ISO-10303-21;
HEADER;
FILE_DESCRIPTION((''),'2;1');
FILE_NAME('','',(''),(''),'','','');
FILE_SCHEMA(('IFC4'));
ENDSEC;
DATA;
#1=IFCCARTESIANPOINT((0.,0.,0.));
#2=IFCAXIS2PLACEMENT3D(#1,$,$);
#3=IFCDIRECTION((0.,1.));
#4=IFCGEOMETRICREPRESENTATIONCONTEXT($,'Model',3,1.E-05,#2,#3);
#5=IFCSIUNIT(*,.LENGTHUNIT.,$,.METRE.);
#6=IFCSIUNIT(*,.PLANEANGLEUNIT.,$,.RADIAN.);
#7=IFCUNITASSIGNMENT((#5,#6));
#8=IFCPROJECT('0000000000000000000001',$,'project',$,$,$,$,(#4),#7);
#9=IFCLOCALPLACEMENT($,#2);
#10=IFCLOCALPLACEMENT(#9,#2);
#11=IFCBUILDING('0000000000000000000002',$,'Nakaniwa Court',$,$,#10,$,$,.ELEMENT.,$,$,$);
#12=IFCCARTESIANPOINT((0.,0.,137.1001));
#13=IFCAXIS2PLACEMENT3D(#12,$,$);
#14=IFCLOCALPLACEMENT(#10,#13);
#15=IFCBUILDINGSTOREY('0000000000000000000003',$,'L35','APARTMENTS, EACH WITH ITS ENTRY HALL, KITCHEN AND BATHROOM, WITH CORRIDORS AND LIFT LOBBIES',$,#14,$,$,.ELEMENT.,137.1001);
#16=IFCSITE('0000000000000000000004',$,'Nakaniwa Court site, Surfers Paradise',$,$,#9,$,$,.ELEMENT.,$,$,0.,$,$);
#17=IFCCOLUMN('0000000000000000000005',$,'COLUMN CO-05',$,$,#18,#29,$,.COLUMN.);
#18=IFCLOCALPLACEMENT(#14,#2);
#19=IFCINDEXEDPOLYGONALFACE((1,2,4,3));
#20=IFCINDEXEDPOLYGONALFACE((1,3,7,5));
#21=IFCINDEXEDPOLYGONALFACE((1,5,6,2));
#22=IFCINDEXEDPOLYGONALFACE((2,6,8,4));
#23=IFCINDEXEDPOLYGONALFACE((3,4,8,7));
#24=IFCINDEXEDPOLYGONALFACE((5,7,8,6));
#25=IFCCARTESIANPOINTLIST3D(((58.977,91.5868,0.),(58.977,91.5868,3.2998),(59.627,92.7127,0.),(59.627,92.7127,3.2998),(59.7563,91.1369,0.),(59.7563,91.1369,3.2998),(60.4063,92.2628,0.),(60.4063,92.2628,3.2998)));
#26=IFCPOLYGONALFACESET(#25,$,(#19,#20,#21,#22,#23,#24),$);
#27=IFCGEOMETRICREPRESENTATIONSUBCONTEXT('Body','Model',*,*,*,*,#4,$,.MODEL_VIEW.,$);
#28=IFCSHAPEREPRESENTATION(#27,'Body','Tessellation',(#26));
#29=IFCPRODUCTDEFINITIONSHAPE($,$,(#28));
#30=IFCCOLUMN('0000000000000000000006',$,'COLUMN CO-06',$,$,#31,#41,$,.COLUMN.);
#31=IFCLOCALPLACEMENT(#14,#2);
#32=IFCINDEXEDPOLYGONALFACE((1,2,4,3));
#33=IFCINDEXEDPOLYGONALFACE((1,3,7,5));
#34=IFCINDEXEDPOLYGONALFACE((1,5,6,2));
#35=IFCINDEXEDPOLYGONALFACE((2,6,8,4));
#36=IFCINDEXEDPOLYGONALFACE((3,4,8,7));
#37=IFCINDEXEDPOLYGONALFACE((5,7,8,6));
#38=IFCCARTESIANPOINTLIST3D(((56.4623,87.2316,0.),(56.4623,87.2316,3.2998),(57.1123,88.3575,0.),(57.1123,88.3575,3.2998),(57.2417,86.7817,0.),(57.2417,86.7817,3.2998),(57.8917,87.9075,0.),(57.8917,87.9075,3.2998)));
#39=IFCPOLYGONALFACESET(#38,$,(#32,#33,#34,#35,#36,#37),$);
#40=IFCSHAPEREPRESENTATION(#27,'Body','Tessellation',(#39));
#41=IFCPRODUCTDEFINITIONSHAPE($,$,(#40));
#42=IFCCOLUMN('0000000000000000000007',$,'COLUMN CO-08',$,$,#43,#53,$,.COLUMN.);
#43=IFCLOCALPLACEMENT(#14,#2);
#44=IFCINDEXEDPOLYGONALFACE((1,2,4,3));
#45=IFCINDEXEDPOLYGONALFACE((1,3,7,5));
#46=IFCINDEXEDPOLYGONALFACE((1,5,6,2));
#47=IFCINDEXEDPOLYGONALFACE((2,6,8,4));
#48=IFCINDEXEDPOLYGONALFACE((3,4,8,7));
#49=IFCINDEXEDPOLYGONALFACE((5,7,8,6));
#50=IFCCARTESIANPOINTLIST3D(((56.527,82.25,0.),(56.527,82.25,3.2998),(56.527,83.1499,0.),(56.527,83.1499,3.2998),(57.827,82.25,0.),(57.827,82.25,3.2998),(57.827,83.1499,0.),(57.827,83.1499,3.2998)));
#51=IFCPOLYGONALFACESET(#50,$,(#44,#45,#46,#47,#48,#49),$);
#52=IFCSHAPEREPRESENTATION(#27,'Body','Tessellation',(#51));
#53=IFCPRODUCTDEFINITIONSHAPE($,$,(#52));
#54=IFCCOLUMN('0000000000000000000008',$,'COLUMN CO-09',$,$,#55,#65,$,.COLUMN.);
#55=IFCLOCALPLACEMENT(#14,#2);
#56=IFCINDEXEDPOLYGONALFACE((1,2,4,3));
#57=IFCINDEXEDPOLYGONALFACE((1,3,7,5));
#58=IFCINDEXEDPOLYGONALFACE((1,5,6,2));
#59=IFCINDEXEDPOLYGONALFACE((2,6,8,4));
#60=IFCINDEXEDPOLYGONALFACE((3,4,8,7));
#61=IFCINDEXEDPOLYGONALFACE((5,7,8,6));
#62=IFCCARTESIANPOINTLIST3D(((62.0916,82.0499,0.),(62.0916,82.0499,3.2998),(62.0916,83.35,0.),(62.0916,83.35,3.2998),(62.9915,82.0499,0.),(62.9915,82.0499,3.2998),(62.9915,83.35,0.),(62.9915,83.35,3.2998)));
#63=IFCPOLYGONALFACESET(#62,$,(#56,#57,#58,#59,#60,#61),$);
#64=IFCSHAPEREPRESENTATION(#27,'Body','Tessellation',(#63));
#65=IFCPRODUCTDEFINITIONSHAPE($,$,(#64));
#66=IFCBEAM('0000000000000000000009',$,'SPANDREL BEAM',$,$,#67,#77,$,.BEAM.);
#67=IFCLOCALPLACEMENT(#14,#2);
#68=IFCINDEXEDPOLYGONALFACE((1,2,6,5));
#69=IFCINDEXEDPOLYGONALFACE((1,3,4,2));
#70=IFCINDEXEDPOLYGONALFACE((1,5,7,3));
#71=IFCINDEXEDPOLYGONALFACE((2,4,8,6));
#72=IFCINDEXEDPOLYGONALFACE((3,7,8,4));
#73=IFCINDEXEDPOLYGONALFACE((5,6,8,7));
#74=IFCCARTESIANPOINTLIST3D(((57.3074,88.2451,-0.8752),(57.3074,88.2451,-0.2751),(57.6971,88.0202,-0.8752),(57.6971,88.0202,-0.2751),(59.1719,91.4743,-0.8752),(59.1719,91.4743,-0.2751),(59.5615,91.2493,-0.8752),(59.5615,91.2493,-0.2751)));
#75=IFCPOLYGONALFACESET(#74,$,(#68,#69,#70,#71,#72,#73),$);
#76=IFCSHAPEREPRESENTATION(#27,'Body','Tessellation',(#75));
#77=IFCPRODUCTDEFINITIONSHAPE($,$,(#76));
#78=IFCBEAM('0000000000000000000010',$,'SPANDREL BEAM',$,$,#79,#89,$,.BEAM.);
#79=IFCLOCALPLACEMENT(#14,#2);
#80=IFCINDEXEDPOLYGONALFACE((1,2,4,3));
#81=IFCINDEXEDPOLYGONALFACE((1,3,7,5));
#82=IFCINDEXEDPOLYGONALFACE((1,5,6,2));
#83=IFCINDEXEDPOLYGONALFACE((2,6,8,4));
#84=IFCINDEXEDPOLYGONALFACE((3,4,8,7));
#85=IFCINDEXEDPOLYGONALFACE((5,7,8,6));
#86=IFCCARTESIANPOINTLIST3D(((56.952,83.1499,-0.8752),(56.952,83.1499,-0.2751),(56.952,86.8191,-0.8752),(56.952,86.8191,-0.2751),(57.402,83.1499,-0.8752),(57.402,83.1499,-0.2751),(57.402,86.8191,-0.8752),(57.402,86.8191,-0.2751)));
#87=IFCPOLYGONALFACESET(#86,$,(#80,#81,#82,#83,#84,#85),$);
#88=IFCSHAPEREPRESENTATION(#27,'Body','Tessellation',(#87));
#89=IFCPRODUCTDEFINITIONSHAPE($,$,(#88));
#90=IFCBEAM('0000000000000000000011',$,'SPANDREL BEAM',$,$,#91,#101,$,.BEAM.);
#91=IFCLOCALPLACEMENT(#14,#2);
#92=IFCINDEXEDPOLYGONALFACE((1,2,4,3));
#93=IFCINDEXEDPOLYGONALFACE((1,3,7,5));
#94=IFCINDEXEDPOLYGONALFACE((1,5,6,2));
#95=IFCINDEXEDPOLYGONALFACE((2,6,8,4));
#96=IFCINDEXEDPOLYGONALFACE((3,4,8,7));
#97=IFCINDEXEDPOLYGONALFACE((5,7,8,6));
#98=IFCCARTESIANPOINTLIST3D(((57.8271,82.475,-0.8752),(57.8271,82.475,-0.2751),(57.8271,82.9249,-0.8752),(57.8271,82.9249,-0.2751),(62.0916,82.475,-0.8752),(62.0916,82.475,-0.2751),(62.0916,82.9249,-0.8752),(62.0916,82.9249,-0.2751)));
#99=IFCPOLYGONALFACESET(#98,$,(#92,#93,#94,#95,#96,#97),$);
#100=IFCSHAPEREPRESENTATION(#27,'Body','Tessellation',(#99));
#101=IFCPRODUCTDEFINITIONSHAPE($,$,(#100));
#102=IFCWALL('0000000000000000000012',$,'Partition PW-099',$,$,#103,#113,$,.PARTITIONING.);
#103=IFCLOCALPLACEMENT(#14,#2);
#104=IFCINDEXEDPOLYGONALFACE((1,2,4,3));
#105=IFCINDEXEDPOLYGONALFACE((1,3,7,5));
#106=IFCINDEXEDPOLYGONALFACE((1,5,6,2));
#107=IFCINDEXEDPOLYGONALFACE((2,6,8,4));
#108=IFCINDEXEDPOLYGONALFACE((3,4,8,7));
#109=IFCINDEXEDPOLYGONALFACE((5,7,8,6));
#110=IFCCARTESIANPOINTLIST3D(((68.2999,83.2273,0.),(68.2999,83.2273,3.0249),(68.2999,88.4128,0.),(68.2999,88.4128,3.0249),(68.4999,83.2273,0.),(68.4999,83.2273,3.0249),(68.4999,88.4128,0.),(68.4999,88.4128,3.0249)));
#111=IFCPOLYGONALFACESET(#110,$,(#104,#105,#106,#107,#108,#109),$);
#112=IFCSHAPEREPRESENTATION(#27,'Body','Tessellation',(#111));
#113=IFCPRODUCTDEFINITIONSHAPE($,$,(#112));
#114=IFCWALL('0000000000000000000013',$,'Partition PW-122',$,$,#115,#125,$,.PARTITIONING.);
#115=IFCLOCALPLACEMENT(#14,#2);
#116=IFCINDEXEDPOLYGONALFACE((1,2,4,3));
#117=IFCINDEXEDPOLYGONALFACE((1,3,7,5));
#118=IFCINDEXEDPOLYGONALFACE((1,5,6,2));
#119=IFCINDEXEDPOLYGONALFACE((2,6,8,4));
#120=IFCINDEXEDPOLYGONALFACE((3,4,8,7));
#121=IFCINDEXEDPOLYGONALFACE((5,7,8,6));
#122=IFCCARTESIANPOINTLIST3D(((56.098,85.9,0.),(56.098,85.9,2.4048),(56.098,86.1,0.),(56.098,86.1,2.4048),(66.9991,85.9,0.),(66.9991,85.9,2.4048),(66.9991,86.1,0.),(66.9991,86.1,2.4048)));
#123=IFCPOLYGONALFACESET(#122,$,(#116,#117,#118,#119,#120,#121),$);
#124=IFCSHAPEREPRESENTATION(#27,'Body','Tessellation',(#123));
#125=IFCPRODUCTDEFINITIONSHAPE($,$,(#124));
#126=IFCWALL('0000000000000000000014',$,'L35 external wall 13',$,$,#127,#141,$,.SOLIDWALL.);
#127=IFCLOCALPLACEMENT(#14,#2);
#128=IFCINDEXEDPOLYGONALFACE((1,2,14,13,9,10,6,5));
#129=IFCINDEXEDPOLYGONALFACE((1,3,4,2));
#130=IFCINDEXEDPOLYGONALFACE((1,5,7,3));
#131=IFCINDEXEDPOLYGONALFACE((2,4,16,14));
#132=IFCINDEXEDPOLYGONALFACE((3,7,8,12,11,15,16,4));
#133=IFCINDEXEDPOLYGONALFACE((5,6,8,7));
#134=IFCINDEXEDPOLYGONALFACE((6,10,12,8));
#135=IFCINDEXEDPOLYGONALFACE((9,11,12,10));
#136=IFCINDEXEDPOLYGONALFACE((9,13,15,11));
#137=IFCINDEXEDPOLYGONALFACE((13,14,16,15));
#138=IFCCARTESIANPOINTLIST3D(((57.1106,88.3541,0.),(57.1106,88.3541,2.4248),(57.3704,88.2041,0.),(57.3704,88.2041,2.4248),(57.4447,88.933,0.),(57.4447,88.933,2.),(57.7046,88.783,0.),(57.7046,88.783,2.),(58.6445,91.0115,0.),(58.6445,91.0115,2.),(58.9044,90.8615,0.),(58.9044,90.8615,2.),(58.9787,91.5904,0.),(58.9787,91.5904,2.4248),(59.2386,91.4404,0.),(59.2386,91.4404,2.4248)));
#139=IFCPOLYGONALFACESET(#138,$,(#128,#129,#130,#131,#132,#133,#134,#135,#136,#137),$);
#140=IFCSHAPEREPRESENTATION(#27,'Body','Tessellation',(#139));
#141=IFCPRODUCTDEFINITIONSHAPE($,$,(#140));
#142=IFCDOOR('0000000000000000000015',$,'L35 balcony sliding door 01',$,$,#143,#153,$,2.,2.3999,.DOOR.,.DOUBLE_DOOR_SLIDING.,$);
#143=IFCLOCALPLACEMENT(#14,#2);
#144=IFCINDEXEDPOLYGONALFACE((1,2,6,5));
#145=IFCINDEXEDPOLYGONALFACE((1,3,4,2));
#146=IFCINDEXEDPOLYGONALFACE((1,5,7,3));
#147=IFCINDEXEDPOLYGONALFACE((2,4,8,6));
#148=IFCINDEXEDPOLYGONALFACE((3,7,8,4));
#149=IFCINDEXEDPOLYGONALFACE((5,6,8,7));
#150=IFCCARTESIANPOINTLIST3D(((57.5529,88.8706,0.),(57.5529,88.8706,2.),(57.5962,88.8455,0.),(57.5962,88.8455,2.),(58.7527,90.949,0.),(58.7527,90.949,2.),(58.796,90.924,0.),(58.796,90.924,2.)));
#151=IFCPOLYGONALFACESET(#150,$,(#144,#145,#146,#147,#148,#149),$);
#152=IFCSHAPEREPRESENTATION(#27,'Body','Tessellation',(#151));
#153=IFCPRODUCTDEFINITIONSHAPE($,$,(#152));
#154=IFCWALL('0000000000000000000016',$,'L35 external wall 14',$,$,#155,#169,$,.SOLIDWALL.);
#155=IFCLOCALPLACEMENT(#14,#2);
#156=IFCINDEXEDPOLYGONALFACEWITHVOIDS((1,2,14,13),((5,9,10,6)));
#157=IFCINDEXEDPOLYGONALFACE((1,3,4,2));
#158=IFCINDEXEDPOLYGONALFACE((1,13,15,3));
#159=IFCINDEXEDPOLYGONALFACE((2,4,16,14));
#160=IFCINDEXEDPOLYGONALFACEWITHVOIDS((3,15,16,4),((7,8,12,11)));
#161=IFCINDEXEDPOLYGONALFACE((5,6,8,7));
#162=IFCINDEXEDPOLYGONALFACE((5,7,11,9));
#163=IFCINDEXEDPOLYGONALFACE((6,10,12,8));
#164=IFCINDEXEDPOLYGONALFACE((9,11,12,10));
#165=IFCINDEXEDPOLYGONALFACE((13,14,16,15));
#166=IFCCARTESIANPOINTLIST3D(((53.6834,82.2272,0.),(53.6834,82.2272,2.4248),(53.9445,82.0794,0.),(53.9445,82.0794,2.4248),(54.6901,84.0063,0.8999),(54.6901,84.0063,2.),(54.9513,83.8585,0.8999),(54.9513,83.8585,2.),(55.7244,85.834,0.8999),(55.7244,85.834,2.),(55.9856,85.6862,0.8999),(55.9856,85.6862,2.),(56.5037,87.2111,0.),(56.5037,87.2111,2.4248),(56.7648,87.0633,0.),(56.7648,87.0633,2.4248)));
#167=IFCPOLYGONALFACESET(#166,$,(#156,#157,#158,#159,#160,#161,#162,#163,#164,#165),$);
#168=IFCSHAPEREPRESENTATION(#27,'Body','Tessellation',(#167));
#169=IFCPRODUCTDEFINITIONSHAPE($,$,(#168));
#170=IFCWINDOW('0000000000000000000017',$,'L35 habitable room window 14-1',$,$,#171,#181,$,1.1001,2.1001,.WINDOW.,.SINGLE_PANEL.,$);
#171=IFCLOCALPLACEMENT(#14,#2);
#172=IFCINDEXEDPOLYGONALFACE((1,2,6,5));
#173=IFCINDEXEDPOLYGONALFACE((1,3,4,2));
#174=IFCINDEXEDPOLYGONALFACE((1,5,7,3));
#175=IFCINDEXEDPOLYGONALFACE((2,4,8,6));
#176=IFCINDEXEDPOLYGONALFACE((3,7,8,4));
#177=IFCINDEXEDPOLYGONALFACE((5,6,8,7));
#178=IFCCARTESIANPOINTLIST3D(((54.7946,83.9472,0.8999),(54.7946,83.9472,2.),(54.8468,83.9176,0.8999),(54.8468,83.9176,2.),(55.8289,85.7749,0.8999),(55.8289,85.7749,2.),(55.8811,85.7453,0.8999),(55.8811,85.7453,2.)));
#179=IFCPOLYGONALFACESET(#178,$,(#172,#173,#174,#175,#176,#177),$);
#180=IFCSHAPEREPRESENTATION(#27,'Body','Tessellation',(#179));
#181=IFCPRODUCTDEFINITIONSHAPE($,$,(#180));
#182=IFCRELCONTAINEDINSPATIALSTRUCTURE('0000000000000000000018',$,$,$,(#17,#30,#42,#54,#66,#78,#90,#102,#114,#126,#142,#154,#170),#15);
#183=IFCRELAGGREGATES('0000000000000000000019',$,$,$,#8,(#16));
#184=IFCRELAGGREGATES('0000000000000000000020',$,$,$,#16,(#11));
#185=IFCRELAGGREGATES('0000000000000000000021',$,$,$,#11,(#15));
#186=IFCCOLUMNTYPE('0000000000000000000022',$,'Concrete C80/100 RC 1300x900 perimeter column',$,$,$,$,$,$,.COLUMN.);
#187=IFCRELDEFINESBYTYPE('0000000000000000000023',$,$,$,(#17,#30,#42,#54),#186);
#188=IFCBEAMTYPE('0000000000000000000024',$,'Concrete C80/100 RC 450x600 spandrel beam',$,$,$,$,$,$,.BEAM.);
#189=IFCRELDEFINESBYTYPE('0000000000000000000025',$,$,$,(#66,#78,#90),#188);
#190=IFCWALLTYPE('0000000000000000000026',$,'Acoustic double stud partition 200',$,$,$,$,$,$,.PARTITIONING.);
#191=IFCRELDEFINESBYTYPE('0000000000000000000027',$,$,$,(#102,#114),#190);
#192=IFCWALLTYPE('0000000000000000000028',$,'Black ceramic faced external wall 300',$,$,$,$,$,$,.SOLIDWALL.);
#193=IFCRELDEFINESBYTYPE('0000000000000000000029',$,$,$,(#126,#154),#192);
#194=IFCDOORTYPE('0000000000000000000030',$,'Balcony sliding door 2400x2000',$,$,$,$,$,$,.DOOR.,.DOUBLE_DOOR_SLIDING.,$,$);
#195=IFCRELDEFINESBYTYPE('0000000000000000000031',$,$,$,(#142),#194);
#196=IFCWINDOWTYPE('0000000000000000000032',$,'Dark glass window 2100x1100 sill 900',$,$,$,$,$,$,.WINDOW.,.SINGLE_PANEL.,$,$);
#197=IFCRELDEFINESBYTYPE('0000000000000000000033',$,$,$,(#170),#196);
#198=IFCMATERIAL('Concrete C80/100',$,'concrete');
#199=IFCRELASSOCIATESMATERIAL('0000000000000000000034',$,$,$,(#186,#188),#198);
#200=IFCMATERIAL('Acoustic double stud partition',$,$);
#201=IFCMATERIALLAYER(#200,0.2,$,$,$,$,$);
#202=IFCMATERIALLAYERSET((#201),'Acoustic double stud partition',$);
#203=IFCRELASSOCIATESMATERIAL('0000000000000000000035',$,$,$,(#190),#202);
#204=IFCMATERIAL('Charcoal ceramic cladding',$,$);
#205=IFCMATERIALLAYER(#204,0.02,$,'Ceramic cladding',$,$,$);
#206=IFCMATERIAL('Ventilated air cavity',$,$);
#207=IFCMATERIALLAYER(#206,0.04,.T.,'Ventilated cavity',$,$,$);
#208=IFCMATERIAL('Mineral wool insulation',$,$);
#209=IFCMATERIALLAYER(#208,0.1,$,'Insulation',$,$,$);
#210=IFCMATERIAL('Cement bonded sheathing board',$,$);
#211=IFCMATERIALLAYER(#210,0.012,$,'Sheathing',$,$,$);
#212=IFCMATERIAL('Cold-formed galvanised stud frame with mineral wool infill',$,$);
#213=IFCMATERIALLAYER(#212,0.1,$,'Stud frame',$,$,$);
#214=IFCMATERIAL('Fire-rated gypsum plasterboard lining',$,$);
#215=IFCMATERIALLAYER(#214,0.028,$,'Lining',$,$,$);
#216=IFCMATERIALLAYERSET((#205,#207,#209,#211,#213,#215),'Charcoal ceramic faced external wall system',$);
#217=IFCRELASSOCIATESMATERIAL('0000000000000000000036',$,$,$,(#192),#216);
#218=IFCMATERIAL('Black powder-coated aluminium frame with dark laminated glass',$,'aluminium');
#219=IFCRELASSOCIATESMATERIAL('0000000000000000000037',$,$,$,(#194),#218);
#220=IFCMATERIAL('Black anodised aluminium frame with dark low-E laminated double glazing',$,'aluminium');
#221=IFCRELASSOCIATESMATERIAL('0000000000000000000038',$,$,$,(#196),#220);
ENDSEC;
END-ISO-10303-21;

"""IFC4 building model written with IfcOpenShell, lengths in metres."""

from ifc_helpers import new_model, si_unit, direction, frame, frame_2d, origin, origin_2d, place, context, subcontext, project, spatial, rectangle, extrude, material, layer, layer_set, material_profile, profile_set, type_object, element, fill, save


model = new_model("IFC4")

# Units and contexts
model_context = context("Model", 3, precision=1e-05, world=origin(), true_north=direction((0.0, 1.0)))
body_context = subcontext(model_context, "Body", "Model", "MODEL_VIEW")
ifc_project = project(units=[si_unit("LENGTHUNIT", "METRE"), si_unit("PLANEANGLEUNIT", "RADIAN")], contexts=[model_context])

# Site, building, storey
site_placement = place(None, origin())
site = spatial("IfcSite", under=ifc_project, at=site_placement, Name="Nakaniwa Court site, Surfers Paradise", CompositionType="ELEMENT", RefElevation=0.0)
building_placement = place(site_placement, origin())
building = spatial("IfcBuilding", under=site, at=building_placement, Name="Nakaniwa Court", CompositionType="ELEMENT")
storey_placement = place(building_placement, frame((0.0, 0.0, 137.1001)))
storey = spatial("IfcBuildingStorey", under=building, at=storey_placement, Name="L35", Description="APARTMENTS, EACH WITH ITS ENTRY HALL, KITCHEN AND BATHROOM, WITH CORRIDORS AND LIFT LOBBIES", CompositionType="ELEMENT", Elevation=137.1001)

# Columns
ifc_material_1 = material(Name="Concrete C80/100", Category="concrete")
ifc_material_profile_1 = material_profile(ifc_material_1, rectangle(XDim=1.3, YDim=0.8999, at=origin_2d()), Name="Concrete C80/100 RC 1300x900 perimeter column")
ifc_profile_set_1 = profile_set([ifc_material_profile_1], Name="Concrete C80/100")
column_type = type_object("IfcColumnType", Name="Concrete C80/100 RC 1300x900 perimeter column", PredefinedType="COLUMN", material=ifc_profile_set_1)
for number, where, z_axis, x_axis, name in (
    (1, (59.6917, 91.9248, 0.0), (0.0, 0.0, 1.0), (-0.5, -0.866025, 0.0), "COLUMN CO-05"),
    (2, (57.177, 87.5696, 0.0), (0.0, 0.0, 1.0), (-0.5, -0.866025, 0.0), "COLUMN CO-06"),
    (3, (57.177, 82.7, 0.0), (0.0, 0.0, 1.0), (1.0, 0.0, 0.0), "COLUMN CO-08"),
    (4, (62.5415, 82.7, 0.0), (0.0, 0.0, 1.0), (0.0, -1.0, 0.0), "COLUMN CO-09"),
):
    element("IfcColumn", number, at=place(storey_placement, frame(where, z_axis=z_axis, x_axis=x_axis)), inside=storey, type_object=column_type, Name=name, PredefinedType="COLUMN", context=body_context, shape_type="SweptSolid", body=[
        extrude(rectangle(XDim=1.3, YDim=0.8999, at=origin_2d()), origin(), (0.0, 0.0, 1.0), 3.2998),
    ])

# Beams
ifc_material_profile_2 = material_profile(ifc_material_1, rectangle(XDim=0.45, YDim=0.6001, at=origin_2d()), Name="Concrete C80/100 RC 450x600 spandrel beam")
ifc_profile_set_2 = profile_set([ifc_material_profile_2], Name="Concrete C80/100")
beam_type = type_object("IfcBeamType", Name="Concrete C80/100 RC 450x600 spandrel beam", PredefinedType="BEAM", material=ifc_profile_set_2)
beam_1_placement = place(storey_placement, frame((59.3667, 91.3618, -0.5752), z_axis=(-0.500019, -0.866014, 0.0), x_axis=(0.866014, -0.500019, 0.0)))
element("IfcBeam", 5, at=beam_1_placement, inside=storey, type_object=beam_type, Name="SPANDREL BEAM", PredefinedType="BEAM", context=body_context, shape_type="SweptSolid", body=[
    extrude(rectangle(XDim=0.45, YDim=0.6001, at=origin_2d()), origin(), (0.0, 0.0, 1.0), 3.7288),
])
beam_2_placement = place(storey_placement, frame((57.177, 86.8191, -0.5752), z_axis=(0.0, -1.0, 0.0), x_axis=(1.0, 0.0, 0.0)))
element("IfcBeam", 6, at=beam_2_placement, inside=storey, type_object=beam_type, Name="SPANDREL BEAM", PredefinedType="BEAM", context=body_context, shape_type="SweptSolid", body=[
    extrude(rectangle(XDim=0.45, YDim=0.6001, at=origin_2d()), origin(), (0.0, 0.0, 1.0), 3.6692),
])
beam_3_placement = place(storey_placement, frame((57.8271, 82.7, -0.5752), z_axis=(1.0, 0.0, 0.0), x_axis=(0.0, 1.0, 0.0)))
element("IfcBeam", 7, at=beam_3_placement, inside=storey, type_object=beam_type, Name="SPANDREL BEAM", PredefinedType="BEAM", context=body_context, shape_type="SweptSolid", body=[
    extrude(rectangle(XDim=0.45, YDim=0.6001, at=origin_2d()), origin(), (0.0, 0.0, 1.0), 4.2644),
])

# Walls
ifc_material_2 = material(Name="Acoustic double stud partition")
ifc_layer_1 = layer(ifc_material_2, 0.2)
ifc_layer_set_1 = layer_set([ifc_layer_1], Name="Acoustic double stud partition")
wall_type_1 = type_object("IfcWallType", Name="Acoustic double stud partition 200", PredefinedType="PARTITIONING", material=ifc_layer_set_1)
wall_1_placement = place(storey_placement, frame((68.3999, 83.2273, 0.0), z_axis=(0.0, 0.0, 1.0), x_axis=(0.0, 1.0, 0.0)))
element("IfcWall", 8, at=wall_1_placement, inside=storey, type_object=wall_type_1, Name="Partition PW-099", PredefinedType="PARTITIONING", context=body_context, shape_type="SweptSolid", body=[
    extrude(rectangle(XDim=5.1855, YDim=0.2, at=frame_2d((2.5928, 0.0))), origin(), (0.0, 0.0, 1.0), 3.0249),
])
wall_2_placement = place(storey_placement, frame((56.0979, 86.0, 0.0), z_axis=(0.0, 0.0, 1.0), x_axis=(1.0, 0.0, 0.0)))
element("IfcWall", 9, at=wall_2_placement, inside=storey, type_object=wall_type_1, Name="Partition PW-122", PredefinedType="PARTITIONING", context=body_context, shape_type="SweptSolid", body=[
    extrude(rectangle(XDim=10.9011, YDim=0.2, at=frame_2d((5.4507, 0.0))), origin(), (0.0, 0.0, 1.0), 2.4048),
])

# Wall, opening, door
ifc_material_3 = material(Name="Charcoal ceramic cladding")
ifc_layer_2 = layer(ifc_material_3, 0.02, Name="Ceramic cladding")
ifc_material_4 = material(Name="Ventilated air cavity")
ifc_layer_3 = layer(ifc_material_4, 0.04, ventilated=True, Name="Ventilated cavity")
ifc_material_5 = material(Name="Mineral wool insulation")
ifc_layer_4 = layer(ifc_material_5, 0.1, Name="Insulation")
ifc_material_6 = material(Name="Cement bonded sheathing board")
ifc_layer_5 = layer(ifc_material_6, 0.012, Name="Sheathing")
ifc_material_7 = material(Name="Cold-formed galvanised stud frame with mineral wool infill")
ifc_layer_6 = layer(ifc_material_7, 0.1, Name="Stud frame")
ifc_material_8 = material(Name="Fire-rated gypsum plasterboard lining")
ifc_layer_7 = layer(ifc_material_8, 0.028, Name="Lining")
ifc_layer_set_2 = layer_set([ifc_layer_2, ifc_layer_3, ifc_layer_4, ifc_layer_5, ifc_layer_6, ifc_layer_7], Name="Charcoal ceramic faced external wall system")
wall_type_2 = type_object("IfcWallType", Name="Black ceramic faced external wall 300", PredefinedType="SOLIDWALL", material=ifc_layer_set_2)
wall_3_placement = place(storey_placement, frame((59.1086, 91.5154, 0.0), z_axis=(0.0, 0.0, 1.0), x_axis=(-0.499934, -0.866064, 0.0)))
wall_3 = element("IfcWall", 10, at=wall_3_placement, inside=storey, type_object=wall_type_2, Name="L35 external wall 13", PredefinedType="SOLIDWALL", context=body_context, shape_type="SweptSolid", body=[
    extrude(rectangle(XDim=3.7368, YDim=0.3, at=frame_2d((1.8684, 0.0))), origin(), (0.0, 0.0, 1.0), 2.4248),
])
opening_1_placement = place(wall_3_placement, frame((0.6685, 0.0, 0.0)))
opening_1 = element("IfcOpeningElement", 11, at=opening_1_placement, cuts=wall_3, PredefinedType="OPENING", context=body_context, shape_type="SweptSolid", body=[
    extrude(rectangle(XDim=2.3999, YDim=2.0, at=frame_2d((1.2, 1.0))), frame((0.0, 0.1599, 0.0), z_axis=(0.0, -1.0, 0.0), x_axis=(1.0, 0.0, 0.0)), (0.0, 0.0, 1.0), 0.3201),
])
ifc_material_9 = material(Name="Black powder-coated aluminium frame with dark laminated glass", Category="aluminium")
door_type_1 = type_object("IfcDoorType", Name="Balcony sliding door 2400x2000", OperationType="DOUBLE_DOOR_SLIDING", PredefinedType="DOOR", material=ifc_material_9)
door_1_placement = place(opening_1_placement, origin())
door_1 = element("IfcDoor", 12, at=door_1_placement, inside=storey, type_object=door_type_1, Name="L35 balcony sliding door 01", OperationType="DOUBLE_DOOR_SLIDING", OverallHeight=2.0, OverallWidth=2.3999, PredefinedType="DOOR", context=body_context, shape_type="SweptSolid", body=[
    extrude(rectangle(XDim=2.3999, YDim=2.0, at=frame_2d((1.2, 1.0))), frame((0.0, 0.0249, 0.0), z_axis=(0.0, -1.0, 0.0), x_axis=(1.0, 0.0, 0.0)), (0.0, 0.0, 1.0), 0.05),
])
fill(opening_1, door_1)

# Wall, opening, window
wall_4_placement = place(storey_placement, frame((56.6343, 87.1372, 0.0), z_axis=(0.0, 0.0, 1.0), x_axis=(-0.492498, -0.870313, 0.0)))
wall_4 = element("IfcWall", 13, at=wall_4_placement, inside=storey, type_object=wall_type_2, Name="L35 external wall 14", PredefinedType="SOLIDWALL", context=body_context, shape_type="SweptSolid", body=[
    extrude(rectangle(XDim=5.7266, YDim=0.3, at=frame_2d((2.8633, 0.0))), origin(), (0.0, 0.0, 1.0), 2.4248),
])
opening_2_placement = place(wall_4_placement, frame((1.5823, 0.0, 0.8999)))
opening_2 = element("IfcOpeningElement", 14, at=opening_2_placement, cuts=wall_4, PredefinedType="OPENING", context=body_context, shape_type="SweptSolid", body=[
    extrude(rectangle(XDim=2.1001, YDim=1.1001, at=frame_2d((1.05, 0.55))), frame((0.0, 0.1599, 0.0), z_axis=(0.0, -1.0, 0.0), x_axis=(1.0, 0.0, 0.0)), (0.0, 0.0, 1.0), 0.3201),
])
ifc_material_10 = material(Name="Black anodised aluminium frame with dark low-E laminated double glazing", Category="aluminium")
window_type_1 = type_object("IfcWindowType", Name="Dark glass window 2100x1100 sill 900", PartitioningType="SINGLE_PANEL", PredefinedType="WINDOW", material=ifc_material_10)
window_1_placement = place(opening_2_placement, origin())
window_1 = element("IfcWindow", 15, at=window_1_placement, inside=storey, type_object=window_type_1, Name="L35 habitable room window 14-1", OverallHeight=1.1001, OverallWidth=2.1001, PartitioningType="SINGLE_PANEL", PredefinedType="WINDOW", context=body_context, shape_type="SweptSolid", body=[
    extrude(rectangle(XDim=2.1001, YDim=1.1001, at=frame_2d((1.05, 0.55))), frame((0.0, 0.03, 0.0), z_axis=(0.0, -1.0, 0.0), x_axis=(1.0, 0.0, 0.0)), (0.0, 0.0, 1.0), 0.0601),
])
fill(opening_2, window_1)

save(model, "model.ifc")
